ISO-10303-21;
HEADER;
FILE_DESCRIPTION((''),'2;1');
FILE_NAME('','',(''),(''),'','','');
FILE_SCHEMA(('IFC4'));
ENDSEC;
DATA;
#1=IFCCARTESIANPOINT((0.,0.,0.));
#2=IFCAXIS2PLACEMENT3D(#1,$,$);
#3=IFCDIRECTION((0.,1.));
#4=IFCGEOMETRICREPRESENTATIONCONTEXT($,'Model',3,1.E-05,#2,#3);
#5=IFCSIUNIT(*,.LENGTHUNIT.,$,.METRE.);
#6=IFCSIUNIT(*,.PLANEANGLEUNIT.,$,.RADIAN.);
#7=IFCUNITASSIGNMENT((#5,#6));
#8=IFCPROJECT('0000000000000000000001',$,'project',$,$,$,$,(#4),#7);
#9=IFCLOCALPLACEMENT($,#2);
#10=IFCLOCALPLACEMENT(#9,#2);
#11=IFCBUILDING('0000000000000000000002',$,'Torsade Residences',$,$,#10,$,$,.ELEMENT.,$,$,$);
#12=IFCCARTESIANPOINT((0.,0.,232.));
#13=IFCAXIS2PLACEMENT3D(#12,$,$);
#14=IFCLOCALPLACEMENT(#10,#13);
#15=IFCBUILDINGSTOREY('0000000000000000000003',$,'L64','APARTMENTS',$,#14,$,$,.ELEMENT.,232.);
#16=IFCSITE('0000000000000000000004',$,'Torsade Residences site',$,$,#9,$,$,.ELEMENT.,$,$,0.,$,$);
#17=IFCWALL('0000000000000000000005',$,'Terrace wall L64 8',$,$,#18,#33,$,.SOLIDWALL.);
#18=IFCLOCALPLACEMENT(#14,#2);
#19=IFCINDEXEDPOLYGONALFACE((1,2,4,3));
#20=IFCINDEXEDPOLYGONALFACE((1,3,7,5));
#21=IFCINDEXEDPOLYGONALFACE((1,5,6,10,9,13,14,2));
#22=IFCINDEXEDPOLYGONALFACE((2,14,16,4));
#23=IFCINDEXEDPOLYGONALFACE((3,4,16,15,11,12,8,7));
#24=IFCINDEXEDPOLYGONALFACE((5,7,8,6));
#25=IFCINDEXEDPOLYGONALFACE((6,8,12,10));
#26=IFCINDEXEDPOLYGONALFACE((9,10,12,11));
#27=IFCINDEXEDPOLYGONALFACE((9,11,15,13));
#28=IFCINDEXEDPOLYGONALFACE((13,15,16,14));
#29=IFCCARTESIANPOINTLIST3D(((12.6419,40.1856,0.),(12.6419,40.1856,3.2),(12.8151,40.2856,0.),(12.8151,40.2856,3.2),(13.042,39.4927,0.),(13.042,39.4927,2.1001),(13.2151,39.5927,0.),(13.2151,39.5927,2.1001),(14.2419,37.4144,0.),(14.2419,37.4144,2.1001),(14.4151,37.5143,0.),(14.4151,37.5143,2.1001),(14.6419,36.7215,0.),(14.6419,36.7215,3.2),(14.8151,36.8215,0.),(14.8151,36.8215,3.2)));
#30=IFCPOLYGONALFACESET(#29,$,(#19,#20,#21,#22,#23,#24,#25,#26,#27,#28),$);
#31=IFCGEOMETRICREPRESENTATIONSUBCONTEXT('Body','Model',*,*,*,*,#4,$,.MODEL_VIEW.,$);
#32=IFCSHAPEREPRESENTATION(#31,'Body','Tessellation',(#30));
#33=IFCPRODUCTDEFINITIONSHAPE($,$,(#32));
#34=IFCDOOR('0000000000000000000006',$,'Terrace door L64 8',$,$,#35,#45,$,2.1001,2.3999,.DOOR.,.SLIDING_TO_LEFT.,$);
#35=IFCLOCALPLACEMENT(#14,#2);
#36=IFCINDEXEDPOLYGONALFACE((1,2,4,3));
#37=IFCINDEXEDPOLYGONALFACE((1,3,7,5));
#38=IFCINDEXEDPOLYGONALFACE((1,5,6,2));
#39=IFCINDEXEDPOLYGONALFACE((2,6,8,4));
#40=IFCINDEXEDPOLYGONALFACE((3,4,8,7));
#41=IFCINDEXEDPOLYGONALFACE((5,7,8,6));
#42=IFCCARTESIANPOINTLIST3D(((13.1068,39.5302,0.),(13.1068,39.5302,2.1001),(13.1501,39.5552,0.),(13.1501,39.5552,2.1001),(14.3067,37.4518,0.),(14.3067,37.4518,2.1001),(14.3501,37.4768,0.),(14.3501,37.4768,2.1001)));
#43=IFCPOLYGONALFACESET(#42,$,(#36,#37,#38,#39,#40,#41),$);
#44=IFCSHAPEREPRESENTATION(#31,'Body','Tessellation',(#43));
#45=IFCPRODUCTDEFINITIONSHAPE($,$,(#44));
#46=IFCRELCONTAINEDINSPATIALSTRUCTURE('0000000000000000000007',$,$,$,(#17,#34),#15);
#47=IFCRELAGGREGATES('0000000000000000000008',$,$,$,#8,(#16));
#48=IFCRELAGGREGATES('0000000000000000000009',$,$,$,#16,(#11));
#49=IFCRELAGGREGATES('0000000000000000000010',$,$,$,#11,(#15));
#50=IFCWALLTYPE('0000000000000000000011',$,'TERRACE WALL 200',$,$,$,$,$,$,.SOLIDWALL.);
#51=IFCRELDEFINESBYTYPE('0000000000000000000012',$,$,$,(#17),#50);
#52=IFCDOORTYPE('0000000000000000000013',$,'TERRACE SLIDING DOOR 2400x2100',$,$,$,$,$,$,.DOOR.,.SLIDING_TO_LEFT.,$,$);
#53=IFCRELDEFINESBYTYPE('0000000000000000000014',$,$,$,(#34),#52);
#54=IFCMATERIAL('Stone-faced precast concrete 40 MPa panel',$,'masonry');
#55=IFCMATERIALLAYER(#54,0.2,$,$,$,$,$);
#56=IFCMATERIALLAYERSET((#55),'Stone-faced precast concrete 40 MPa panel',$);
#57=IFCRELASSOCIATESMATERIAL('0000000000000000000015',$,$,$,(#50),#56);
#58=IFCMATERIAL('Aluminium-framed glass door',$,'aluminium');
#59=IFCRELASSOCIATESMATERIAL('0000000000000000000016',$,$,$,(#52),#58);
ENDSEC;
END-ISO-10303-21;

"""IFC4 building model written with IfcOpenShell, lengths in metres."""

from ifc_helpers import new_model, si_unit, direction, frame, frame_2d, origin, place, context, subcontext, project, spatial, rectangle, extrude, material, layer, layer_set, type_object, element, fill, save


model = new_model("IFC4")

# Units and contexts
model_context = context("Model", 3, precision=1e-05, world=origin(), true_north=direction((0.0, 1.0)))
body_context = subcontext(model_context, "Body", "Model", "MODEL_VIEW")
ifc_project = project(units=[si_unit("LENGTHUNIT", "METRE"), si_unit("PLANEANGLEUNIT", "RADIAN")], contexts=[model_context])

# Site, building, storey
site_placement = place(None, origin())
site = spatial("IfcSite", under=ifc_project, at=site_placement, Name="Torsade Residences site", CompositionType="ELEMENT", RefElevation=0.0)
building_placement = place(site_placement, origin())
building = spatial("IfcBuilding", under=site, at=building_placement, Name="Torsade Residences", CompositionType="ELEMENT")
storey_placement = place(building_placement, frame((0.0, 0.0, 232.0)))
storey = spatial("IfcBuildingStorey", under=building, at=storey_placement, Name="L64", Description="APARTMENTS", CompositionType="ELEMENT", Elevation=232.0)

# Wall, opening, door
ifc_material_1 = material(Name="Stone-faced precast concrete 40 MPa panel", Category="masonry")
ifc_layer_1 = layer(ifc_material_1, 0.2)
ifc_layer_set_1 = layer_set([ifc_layer_1], Name="Stone-faced precast concrete 40 MPa panel")
wall_type_1 = type_object("IfcWallType", Name="TERRACE WALL 200", PredefinedType="SOLIDWALL", material=ifc_layer_set_1)
wall_1_placement = place(storey_placement, frame((12.7285, 40.2356, 0.0), z_axis=(0.0, 0.0, 1.0), x_axis=(0.499999, -0.866026, 0.0)))
wall_1 = element("IfcWall", 1, at=wall_1_placement, inside=storey, type_object=wall_type_1, Name="Terrace wall L64 8", PredefinedType="SOLIDWALL", context=body_context, shape_type="SweptSolid", body=[
    extrude(rectangle(XDim=4.0, YDim=0.2, at=frame_2d((2.0, 0.0))), origin(), (0.0, 0.0, 1.0), 3.2),
])
opening_1_placement = place(wall_1_placement, frame((0.8, 0.0, 0.0)))
opening_1 = element("IfcOpeningElement", 2, at=opening_1_placement, cuts=wall_1, PredefinedType="OPENING", context=body_context, shape_type="SweptSolid", body=[
    extrude(rectangle(XDim=2.3999, YDim=2.1001, at=frame_2d((1.2, 1.05))), frame((0.0, 0.1099, 0.0), z_axis=(0.0, -1.0, 0.0), x_axis=(1.0, 0.0, 0.0)), (0.0, 0.0, 1.0), 0.22),
])
ifc_material_2 = material(Name="Aluminium-framed glass door", Category="aluminium")
door_type_1 = type_object("IfcDoorType", Name="TERRACE SLIDING DOOR 2400x2100", OperationType="SLIDING_TO_LEFT", PredefinedType="DOOR", material=ifc_material_2)
door_1_placement = place(opening_1_placement, origin())
door_1 = element("IfcDoor", 3, at=door_1_placement, inside=storey, type_object=door_type_1, Name="Terrace door L64 8", OperationType="SLIDING_TO_LEFT", OverallHeight=2.1001, OverallWidth=2.3999, PredefinedType="DOOR", context=body_context, shape_type="SweptSolid", body=[
    extrude(rectangle(XDim=2.3999, YDim=2.1001, at=frame_2d((1.2, 1.05))), frame((0.0, 0.0249, 0.0), z_axis=(0.0, -1.0, 0.0), x_axis=(1.0, 0.0, 0.0)), (0.0, 0.0, 1.0), 0.05),
])
fill(opening_1, door_1)

save(model, "model.ifc")
